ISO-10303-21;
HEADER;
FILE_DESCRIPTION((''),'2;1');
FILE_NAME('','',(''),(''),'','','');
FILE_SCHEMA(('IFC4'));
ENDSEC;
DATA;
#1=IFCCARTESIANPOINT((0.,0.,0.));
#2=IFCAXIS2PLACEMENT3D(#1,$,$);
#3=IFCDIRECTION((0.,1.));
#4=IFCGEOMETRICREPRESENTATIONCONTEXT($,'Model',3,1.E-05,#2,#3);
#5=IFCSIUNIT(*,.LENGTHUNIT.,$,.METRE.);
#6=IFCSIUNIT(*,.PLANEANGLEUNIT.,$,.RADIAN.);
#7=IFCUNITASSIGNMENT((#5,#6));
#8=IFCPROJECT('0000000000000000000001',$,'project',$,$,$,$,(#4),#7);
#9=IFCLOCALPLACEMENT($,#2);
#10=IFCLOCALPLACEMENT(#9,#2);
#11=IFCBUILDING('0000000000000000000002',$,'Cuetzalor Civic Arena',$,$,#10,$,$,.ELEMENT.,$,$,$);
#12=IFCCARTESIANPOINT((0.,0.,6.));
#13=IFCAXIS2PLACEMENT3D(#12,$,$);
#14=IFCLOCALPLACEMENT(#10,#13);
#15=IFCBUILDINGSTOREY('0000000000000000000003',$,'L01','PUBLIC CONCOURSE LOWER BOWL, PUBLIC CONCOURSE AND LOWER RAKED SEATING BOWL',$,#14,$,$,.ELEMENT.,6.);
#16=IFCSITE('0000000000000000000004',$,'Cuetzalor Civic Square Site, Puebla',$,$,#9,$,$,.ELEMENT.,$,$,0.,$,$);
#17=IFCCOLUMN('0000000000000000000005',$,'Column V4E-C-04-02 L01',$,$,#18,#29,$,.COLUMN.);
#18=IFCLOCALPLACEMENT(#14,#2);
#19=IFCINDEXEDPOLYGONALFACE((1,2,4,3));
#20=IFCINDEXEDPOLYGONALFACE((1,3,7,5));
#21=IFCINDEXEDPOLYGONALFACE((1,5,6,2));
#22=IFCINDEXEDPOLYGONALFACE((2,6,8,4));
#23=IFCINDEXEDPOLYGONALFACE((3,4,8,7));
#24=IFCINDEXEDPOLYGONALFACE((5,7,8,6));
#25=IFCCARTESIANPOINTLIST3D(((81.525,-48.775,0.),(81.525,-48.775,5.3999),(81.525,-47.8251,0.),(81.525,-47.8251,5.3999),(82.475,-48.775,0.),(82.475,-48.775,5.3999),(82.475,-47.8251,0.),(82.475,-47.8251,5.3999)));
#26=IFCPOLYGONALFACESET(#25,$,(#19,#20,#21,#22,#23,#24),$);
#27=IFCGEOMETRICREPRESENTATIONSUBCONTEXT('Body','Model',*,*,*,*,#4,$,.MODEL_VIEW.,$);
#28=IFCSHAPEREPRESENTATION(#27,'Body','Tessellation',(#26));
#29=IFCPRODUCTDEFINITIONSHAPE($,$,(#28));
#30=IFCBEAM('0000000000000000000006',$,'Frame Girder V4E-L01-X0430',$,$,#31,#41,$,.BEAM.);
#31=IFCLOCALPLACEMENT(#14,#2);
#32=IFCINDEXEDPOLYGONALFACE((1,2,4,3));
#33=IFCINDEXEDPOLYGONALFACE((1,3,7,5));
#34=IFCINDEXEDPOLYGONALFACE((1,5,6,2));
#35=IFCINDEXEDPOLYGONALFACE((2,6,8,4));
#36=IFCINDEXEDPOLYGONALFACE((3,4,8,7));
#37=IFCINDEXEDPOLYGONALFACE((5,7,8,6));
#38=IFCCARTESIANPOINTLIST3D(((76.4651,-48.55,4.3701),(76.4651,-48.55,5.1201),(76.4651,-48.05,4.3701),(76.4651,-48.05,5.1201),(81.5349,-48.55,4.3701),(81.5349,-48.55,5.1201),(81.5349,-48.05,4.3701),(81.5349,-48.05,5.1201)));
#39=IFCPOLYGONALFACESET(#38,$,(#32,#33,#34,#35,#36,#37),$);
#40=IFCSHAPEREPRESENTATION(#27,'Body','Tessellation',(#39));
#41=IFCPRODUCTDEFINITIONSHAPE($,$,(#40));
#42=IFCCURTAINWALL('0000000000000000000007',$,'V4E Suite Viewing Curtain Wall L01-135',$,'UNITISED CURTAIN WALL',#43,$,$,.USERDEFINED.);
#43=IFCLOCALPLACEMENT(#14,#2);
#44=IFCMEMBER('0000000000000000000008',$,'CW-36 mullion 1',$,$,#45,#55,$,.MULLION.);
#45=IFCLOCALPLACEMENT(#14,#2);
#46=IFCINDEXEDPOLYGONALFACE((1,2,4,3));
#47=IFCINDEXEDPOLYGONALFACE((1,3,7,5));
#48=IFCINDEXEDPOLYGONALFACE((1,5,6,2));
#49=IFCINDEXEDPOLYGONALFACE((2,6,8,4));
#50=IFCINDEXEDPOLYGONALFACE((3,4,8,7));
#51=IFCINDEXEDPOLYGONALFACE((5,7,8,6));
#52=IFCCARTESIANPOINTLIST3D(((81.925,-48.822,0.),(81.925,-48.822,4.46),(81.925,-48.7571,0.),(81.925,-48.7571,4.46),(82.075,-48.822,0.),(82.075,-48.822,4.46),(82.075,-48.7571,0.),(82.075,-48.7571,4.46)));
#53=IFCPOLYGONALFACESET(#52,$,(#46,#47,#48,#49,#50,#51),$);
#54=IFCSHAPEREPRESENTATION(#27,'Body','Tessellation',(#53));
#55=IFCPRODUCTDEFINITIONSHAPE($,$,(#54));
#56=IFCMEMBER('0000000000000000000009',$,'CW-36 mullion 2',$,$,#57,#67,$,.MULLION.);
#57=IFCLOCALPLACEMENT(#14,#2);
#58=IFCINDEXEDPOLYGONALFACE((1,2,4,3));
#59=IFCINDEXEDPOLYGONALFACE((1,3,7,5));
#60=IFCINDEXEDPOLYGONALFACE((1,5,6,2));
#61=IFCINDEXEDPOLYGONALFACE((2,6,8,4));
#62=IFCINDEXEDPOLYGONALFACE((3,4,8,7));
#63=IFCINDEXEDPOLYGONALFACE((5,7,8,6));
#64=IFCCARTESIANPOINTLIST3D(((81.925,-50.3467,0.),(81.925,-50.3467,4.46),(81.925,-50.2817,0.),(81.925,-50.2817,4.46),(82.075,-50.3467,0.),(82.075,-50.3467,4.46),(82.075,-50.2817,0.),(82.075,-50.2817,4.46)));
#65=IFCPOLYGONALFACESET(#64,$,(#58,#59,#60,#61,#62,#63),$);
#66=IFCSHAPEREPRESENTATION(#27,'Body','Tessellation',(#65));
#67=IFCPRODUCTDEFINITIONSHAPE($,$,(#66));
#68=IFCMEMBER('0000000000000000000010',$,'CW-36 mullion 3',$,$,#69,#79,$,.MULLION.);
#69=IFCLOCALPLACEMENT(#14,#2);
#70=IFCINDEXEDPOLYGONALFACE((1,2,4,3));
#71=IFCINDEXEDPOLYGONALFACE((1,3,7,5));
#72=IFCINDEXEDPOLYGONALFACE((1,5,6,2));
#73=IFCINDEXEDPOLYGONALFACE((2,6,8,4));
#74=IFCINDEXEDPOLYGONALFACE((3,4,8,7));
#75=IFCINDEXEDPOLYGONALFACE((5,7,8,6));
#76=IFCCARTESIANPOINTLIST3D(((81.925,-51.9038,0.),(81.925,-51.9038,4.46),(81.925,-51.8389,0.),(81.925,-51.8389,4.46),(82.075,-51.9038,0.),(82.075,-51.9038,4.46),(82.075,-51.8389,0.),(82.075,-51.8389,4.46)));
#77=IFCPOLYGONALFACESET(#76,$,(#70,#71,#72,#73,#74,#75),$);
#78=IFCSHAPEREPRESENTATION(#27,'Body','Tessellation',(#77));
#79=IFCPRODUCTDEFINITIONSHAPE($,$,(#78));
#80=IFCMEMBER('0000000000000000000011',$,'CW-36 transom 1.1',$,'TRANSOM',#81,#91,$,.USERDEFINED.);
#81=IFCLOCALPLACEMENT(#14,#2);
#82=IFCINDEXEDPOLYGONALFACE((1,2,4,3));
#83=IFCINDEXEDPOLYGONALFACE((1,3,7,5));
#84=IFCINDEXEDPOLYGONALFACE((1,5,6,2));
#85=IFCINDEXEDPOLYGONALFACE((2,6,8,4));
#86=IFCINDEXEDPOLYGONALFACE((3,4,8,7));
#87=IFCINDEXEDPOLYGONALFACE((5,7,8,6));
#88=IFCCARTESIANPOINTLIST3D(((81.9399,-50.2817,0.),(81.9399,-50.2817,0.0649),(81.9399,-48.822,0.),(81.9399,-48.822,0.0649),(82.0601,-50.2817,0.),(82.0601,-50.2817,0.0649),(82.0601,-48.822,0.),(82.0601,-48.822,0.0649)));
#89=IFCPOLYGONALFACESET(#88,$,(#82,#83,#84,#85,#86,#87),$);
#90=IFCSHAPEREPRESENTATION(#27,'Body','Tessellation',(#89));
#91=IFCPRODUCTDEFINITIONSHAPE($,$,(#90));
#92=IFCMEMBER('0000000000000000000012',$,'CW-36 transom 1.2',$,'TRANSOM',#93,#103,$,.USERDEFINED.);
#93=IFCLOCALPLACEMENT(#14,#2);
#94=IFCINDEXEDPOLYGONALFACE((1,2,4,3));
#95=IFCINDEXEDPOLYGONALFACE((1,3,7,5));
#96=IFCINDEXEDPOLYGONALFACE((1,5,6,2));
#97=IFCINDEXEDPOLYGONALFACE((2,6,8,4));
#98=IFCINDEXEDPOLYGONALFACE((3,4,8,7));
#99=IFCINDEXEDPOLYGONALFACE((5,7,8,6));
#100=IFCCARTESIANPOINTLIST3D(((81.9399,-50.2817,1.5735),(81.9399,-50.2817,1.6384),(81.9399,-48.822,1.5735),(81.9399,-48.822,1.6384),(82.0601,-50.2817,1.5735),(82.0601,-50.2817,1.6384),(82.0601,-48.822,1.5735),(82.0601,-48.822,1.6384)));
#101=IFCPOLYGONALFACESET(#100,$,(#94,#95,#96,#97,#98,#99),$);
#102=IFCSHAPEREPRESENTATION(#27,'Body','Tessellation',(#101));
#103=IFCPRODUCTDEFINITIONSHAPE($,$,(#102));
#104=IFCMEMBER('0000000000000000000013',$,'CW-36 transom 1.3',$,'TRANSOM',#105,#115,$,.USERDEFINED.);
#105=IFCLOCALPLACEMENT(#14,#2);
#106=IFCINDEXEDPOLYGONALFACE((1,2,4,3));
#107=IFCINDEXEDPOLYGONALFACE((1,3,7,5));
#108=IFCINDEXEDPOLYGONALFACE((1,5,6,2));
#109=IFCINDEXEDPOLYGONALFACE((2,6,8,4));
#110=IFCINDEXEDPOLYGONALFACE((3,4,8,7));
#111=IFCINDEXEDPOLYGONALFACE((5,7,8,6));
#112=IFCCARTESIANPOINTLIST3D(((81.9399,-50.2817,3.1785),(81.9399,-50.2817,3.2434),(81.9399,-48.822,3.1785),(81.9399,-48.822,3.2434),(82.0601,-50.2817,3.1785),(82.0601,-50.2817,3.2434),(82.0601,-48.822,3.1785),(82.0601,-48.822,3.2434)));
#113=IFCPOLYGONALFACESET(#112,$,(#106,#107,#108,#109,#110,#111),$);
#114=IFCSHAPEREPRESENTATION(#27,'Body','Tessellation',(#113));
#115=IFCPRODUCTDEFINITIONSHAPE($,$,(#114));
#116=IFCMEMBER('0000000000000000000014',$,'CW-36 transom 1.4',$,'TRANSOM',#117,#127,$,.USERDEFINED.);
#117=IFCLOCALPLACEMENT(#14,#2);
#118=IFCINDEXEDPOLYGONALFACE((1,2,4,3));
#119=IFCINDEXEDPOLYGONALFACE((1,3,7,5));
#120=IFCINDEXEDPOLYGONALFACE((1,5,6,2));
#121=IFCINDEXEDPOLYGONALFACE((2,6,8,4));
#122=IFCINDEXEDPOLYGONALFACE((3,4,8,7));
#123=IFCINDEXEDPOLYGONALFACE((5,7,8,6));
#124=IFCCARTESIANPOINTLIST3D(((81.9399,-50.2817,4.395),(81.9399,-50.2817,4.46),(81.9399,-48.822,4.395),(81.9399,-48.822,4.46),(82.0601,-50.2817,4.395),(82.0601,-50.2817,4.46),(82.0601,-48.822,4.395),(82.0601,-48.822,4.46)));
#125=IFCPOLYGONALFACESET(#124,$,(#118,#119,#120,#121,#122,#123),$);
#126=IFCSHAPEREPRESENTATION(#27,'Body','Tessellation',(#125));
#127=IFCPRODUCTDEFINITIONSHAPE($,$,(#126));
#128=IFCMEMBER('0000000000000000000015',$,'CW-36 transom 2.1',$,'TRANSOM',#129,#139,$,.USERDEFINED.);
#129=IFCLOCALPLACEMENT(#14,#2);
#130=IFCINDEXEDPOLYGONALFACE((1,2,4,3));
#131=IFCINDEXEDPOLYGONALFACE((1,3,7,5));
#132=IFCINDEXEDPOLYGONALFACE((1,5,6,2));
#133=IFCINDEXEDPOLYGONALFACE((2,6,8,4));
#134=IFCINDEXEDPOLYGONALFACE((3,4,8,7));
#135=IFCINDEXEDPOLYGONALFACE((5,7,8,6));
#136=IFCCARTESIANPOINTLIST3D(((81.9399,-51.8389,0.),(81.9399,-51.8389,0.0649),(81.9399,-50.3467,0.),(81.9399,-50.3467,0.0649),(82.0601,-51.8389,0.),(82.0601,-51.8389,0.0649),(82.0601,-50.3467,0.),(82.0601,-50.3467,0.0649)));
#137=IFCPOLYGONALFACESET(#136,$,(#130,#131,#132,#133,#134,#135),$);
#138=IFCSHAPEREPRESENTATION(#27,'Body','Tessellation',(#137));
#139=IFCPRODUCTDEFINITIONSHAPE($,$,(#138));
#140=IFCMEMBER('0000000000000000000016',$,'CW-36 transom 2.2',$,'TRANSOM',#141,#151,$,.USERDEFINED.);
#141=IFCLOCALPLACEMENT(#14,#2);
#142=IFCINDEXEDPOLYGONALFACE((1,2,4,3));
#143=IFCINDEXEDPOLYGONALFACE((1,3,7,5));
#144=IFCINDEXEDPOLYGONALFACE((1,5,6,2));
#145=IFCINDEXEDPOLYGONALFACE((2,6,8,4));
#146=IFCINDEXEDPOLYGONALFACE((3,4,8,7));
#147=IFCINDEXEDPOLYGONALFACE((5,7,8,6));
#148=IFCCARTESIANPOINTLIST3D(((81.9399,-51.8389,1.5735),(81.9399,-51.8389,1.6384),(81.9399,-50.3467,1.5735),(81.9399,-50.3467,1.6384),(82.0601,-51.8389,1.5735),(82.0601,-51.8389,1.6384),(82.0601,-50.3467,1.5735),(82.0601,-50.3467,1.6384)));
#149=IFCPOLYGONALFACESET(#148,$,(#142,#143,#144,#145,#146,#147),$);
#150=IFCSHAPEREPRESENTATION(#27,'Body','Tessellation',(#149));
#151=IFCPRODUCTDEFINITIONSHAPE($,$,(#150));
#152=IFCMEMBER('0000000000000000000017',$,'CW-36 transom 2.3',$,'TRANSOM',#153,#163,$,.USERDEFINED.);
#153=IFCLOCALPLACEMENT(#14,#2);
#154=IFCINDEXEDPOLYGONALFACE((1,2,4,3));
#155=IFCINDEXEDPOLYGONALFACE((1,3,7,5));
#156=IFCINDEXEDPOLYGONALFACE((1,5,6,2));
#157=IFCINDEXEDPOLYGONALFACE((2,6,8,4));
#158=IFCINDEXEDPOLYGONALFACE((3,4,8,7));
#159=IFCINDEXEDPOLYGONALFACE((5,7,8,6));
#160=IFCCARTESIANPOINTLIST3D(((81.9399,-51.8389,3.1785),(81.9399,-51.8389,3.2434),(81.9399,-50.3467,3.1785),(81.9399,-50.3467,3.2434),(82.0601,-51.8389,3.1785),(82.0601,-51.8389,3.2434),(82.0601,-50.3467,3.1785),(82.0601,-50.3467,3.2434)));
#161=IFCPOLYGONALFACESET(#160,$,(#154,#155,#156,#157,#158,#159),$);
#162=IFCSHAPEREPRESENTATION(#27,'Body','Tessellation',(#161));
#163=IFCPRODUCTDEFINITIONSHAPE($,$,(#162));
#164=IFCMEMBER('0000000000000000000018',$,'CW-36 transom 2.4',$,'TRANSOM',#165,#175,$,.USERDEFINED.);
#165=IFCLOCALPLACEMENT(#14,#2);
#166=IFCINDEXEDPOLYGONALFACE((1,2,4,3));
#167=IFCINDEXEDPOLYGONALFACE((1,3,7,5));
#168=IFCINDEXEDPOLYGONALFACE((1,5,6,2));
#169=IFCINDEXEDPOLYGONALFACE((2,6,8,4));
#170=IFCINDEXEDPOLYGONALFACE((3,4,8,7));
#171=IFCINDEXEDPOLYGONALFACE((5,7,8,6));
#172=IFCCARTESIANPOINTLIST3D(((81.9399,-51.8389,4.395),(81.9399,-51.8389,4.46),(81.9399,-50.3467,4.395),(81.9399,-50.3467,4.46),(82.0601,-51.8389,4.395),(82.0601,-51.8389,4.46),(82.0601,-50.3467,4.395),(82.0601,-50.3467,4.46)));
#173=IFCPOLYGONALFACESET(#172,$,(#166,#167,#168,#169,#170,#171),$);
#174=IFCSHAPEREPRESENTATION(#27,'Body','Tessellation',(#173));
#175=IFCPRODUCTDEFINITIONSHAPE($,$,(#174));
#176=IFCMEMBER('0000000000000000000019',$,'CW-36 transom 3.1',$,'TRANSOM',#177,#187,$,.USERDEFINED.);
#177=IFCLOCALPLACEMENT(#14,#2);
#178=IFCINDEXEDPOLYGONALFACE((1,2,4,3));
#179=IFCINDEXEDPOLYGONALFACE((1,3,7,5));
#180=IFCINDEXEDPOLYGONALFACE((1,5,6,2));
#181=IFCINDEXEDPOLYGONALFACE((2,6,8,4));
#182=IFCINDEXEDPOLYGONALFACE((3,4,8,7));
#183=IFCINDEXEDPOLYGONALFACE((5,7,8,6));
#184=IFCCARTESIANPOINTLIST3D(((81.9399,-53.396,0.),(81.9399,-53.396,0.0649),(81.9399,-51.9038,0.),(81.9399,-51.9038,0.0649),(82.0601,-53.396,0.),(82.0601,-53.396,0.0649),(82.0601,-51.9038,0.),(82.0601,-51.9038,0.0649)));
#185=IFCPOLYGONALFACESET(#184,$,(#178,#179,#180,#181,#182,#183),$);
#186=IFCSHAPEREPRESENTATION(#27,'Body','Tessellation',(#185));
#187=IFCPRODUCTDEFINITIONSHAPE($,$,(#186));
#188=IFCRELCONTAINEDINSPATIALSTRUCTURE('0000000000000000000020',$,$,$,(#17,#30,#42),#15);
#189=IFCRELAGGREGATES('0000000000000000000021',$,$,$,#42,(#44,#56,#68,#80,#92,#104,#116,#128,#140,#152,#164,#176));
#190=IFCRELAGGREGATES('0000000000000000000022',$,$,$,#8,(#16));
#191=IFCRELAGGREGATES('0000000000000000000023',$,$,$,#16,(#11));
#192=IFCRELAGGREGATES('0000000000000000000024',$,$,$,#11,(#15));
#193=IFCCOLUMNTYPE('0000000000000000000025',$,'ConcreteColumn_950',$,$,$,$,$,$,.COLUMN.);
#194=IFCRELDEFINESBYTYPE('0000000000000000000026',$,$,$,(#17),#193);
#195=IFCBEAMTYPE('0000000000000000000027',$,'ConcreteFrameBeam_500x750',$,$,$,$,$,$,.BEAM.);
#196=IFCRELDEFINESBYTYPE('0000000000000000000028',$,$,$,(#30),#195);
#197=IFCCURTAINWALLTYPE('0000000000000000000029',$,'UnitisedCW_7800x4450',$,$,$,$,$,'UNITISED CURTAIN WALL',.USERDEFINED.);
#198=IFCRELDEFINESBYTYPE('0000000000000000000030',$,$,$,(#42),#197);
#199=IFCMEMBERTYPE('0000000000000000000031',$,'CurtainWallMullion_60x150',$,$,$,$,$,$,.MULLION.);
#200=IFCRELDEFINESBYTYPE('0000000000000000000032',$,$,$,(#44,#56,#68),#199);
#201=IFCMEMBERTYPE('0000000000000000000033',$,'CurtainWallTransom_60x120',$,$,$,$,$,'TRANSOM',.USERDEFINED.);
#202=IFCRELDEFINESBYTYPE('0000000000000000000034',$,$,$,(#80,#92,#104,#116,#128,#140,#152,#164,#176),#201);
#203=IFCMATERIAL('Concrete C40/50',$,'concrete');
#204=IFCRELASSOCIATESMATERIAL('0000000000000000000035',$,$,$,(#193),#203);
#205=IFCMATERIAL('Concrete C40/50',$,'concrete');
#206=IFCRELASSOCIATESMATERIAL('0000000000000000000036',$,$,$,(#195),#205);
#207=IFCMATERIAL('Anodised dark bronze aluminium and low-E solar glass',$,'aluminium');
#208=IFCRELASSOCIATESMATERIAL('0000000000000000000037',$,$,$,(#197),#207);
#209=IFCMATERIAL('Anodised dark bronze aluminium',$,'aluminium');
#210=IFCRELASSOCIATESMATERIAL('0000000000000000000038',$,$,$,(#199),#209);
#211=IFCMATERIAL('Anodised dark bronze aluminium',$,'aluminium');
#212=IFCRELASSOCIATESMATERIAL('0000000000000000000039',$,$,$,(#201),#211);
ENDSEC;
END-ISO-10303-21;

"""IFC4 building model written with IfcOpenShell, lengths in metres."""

from ifc_helpers import new_model, si_unit, direction, frame, origin, origin_2d, place, context, subcontext, project, spatial, rectangle, extrude, material, material_profile, profile_set, type_object, element, aggregate, save


model = new_model("IFC4")

# Units and contexts
model_context = context("Model", 3, precision=1e-05, world=origin(), true_north=direction((0.0, 1.0)))
body_context = subcontext(model_context, "Body", "Model", "MODEL_VIEW")
ifc_project = project(units=[si_unit("LENGTHUNIT", "METRE"), si_unit("PLANEANGLEUNIT", "RADIAN")], contexts=[model_context])

# Site, building, storey
site_placement = place(None, origin())
site = spatial("IfcSite", under=ifc_project, at=site_placement, Name="Cuetzalor Civic Square Site, Puebla", CompositionType="ELEMENT", RefElevation=0.0)
building_placement = place(site_placement, origin())
building = spatial("IfcBuilding", under=site, at=building_placement, Name="Cuetzalor Civic Arena", CompositionType="ELEMENT")
storey_placement = place(building_placement, frame((0.0, 0.0, 6.0)))
storey = spatial("IfcBuildingStorey", under=building, at=storey_placement, Name="L01", Description="PUBLIC CONCOURSE LOWER BOWL, PUBLIC CONCOURSE AND LOWER RAKED SEATING BOWL", CompositionType="ELEMENT", Elevation=6.0)

# Column
ifc_material_1 = material(Name="Concrete C40/50", Category="concrete")
ifc_material_profile_1 = material_profile(ifc_material_1, rectangle(XDim=0.95, YDim=0.95, at=origin_2d()), Name="RC 950x950")
ifc_profile_set_1 = profile_set([ifc_material_profile_1], Name="Concrete C40/50")
column_type = type_object("IfcColumnType", Name="ConcreteColumn_950", PredefinedType="COLUMN", material=ifc_profile_set_1)
column_placement = place(storey_placement, frame((82.0, -48.3, 0.0), z_axis=(0.0, 0.0, 1.0), x_axis=(1.0, 0.0, 0.0)))
element("IfcColumn", 1, at=column_placement, inside=storey, type_object=column_type, Name="Column V4E-C-04-02 L01", PredefinedType="COLUMN", context=body_context, shape_type="SweptSolid", body=[
    extrude(rectangle(XDim=0.95, YDim=0.95, at=origin_2d()), origin(), (0.0, 0.0, 1.0), 5.3999),
])

# Beam
ifc_material_2 = material(Name="Concrete C40/50", Category="concrete")
ifc_material_profile_2 = material_profile(ifc_material_2, rectangle(XDim=0.5, YDim=0.75, at=origin_2d()), Name="RC 500x750")
ifc_profile_set_2 = profile_set([ifc_material_profile_2], Name="Concrete C40/50")
beam_type = type_object("IfcBeamType", Name="ConcreteFrameBeam_500x750", PredefinedType="BEAM", material=ifc_profile_set_2)
beam_placement = place(storey_placement, frame((76.4651, -48.3, 4.7451), z_axis=(1.0, 0.0, 0.0), x_axis=(0.0, 1.0, 0.0)))
element("IfcBeam", 2, at=beam_placement, inside=storey, type_object=beam_type, Name="Frame Girder V4E-L01-X0430", PredefinedType="BEAM", context=body_context, shape_type="SweptSolid", body=[
    extrude(rectangle(XDim=0.5, YDim=0.75, at=origin_2d()), origin(), (0.0, 0.0, 1.0), 5.0698),
])

# Curtain wall, members
ifc_material_3 = material(Name="Anodised dark bronze aluminium and low-E solar glass", Category="aluminium")
curtain_wall_type = type_object("IfcCurtainWallType", Name="UnitisedCW_7800x4450", ElementType="UNITISED CURTAIN WALL", PredefinedType="USERDEFINED", material=ifc_material_3)
curtain_wall_placement = place(storey_placement, origin())
curtain_wall = element("IfcCurtainWall", 3, at=curtain_wall_placement, inside=storey, type_object=curtain_wall_type, Name="V4E Suite Viewing Curtain Wall L01-135", ObjectType="UNITISED CURTAIN WALL", PredefinedType="USERDEFINED")
ifc_material_4 = material(Name="Anodised dark bronze aluminium", Category="aluminium")
ifc_material_profile_3 = material_profile(ifc_material_4, rectangle(XDim=0.0649, YDim=0.1499, at=origin_2d()), Name="ALU MULLION 65x150")
ifc_profile_set_3 = profile_set([ifc_material_profile_3], Name="Anodised dark bronze aluminium")
member_type_1 = type_object("IfcMemberType", Name="CurtainWallMullion_60x150", PredefinedType="MULLION", material=ifc_profile_set_3)
member_1_placement = place(storey_placement, frame((82.0, -48.7896, 0.0), z_axis=(0.0, 0.0, 1.0), x_axis=(0.0, -1.0, 0.0)))
member_1 = element("IfcMember", 4, at=member_1_placement, type_object=member_type_1, Name="CW-36 mullion 1", PredefinedType="MULLION", context=body_context, shape_type="SweptSolid", body=[
    extrude(rectangle(XDim=0.0649, YDim=0.1499, at=origin_2d()), origin(), (0.0, 0.0, 1.0), 4.46),
])
member_2_placement = place(storey_placement, frame((82.0, -50.3142, 0.0), z_axis=(0.0, 0.0, 1.0), x_axis=(0.0, -1.0, 0.0)))
member_2 = element("IfcMember", 5, at=member_2_placement, type_object=member_type_1, Name="CW-36 mullion 2", PredefinedType="MULLION", context=body_context, shape_type="SweptSolid", body=[
    extrude(rectangle(XDim=0.0649, YDim=0.1499, at=origin_2d()), origin(), (0.0, 0.0, 1.0), 4.46),
])
member_3_placement = place(storey_placement, frame((82.0, -51.8713, 0.0), z_axis=(0.0, 0.0, 1.0), x_axis=(0.0, -1.0, 0.0)))
member_3 = element("IfcMember", 6, at=member_3_placement, type_object=member_type_1, Name="CW-36 mullion 3", PredefinedType="MULLION", context=body_context, shape_type="SweptSolid", body=[
    extrude(rectangle(XDim=0.0649, YDim=0.1499, at=origin_2d()), origin(), (0.0, 0.0, 1.0), 4.46),
])
ifc_material_5 = material(Name="Anodised dark bronze aluminium", Category="aluminium")
ifc_material_profile_4 = material_profile(ifc_material_5, rectangle(XDim=0.1201, YDim=0.0649, at=origin_2d()), Name="ALU TRANSOM 65x120")
ifc_profile_set_4 = profile_set([ifc_material_profile_4], Name="Anodised dark bronze aluminium")
member_type_2 = type_object("IfcMemberType", Name="CurtainWallTransom_60x120", ElementType="TRANSOM", PredefinedType="USERDEFINED", material=ifc_profile_set_4)
member_4_placement = place(storey_placement, frame((82.0, -48.822, 0.0325), z_axis=(0.0, -1.0, 0.0), x_axis=(1.0, 0.0, 0.0)))
member_4 = element("IfcMember", 7, at=member_4_placement, type_object=member_type_2, Name="CW-36 transom 1.1", ObjectType="TRANSOM", PredefinedType="USERDEFINED", context=body_context, shape_type="SweptSolid", body=[
    extrude(rectangle(XDim=0.1201, YDim=0.0649, at=origin_2d()), origin(), (0.0, 0.0, 1.0), 1.4597),
])
member_5_placement = place(storey_placement, frame((82.0, -48.822, 1.606), z_axis=(0.0, -1.0, 0.0), x_axis=(1.0, 0.0, 0.0)))
member_5 = element("IfcMember", 8, at=member_5_placement, type_object=member_type_2, Name="CW-36 transom 1.2", ObjectType="TRANSOM", PredefinedType="USERDEFINED", context=body_context, shape_type="SweptSolid", body=[
    extrude(rectangle(XDim=0.1201, YDim=0.0649, at=origin_2d()), origin(), (0.0, 0.0, 1.0), 1.4597),
])
member_6_placement = place(storey_placement, frame((82.0, -48.822, 3.2109), z_axis=(0.0, -1.0, 0.0), x_axis=(1.0, 0.0, 0.0)))
member_6 = element("IfcMember", 9, at=member_6_placement, type_object=member_type_2, Name="CW-36 transom 1.3", ObjectType="TRANSOM", PredefinedType="USERDEFINED", context=body_context, shape_type="SweptSolid", body=[
    extrude(rectangle(XDim=0.1201, YDim=0.0649, at=origin_2d()), origin(), (0.0, 0.0, 1.0), 1.4597),
])
member_7_placement = place(storey_placement, frame((82.0, -48.822, 4.4275), z_axis=(0.0, -1.0, 0.0), x_axis=(1.0, 0.0, 0.0)))
member_7 = element("IfcMember", 10, at=member_7_placement, type_object=member_type_2, Name="CW-36 transom 1.4", ObjectType="TRANSOM", PredefinedType="USERDEFINED", context=body_context, shape_type="SweptSolid", body=[
    extrude(rectangle(XDim=0.1201, YDim=0.0649, at=origin_2d()), origin(), (0.0, 0.0, 1.0), 1.4597),
])
member_8_placement = place(storey_placement, frame((82.0, -50.3467, 0.0325), z_axis=(0.0, -1.0, 0.0), x_axis=(1.0, 0.0, 0.0)))
member_8 = element("IfcMember", 11, at=member_8_placement, type_object=member_type_2, Name="CW-36 transom 2.1", ObjectType="TRANSOM", PredefinedType="USERDEFINED", context=body_context, shape_type="SweptSolid", body=[
    extrude(rectangle(XDim=0.1201, YDim=0.0649, at=origin_2d()), origin(), (0.0, 0.0, 1.0), 1.4922),
])
member_9_placement = place(storey_placement, frame((82.0, -50.3467, 1.606), z_axis=(0.0, -1.0, 0.0), x_axis=(1.0, 0.0, 0.0)))
member_9 = element("IfcMember", 12, at=member_9_placement, type_object=member_type_2, Name="CW-36 transom 2.2", ObjectType="TRANSOM", PredefinedType="USERDEFINED", context=body_context, shape_type="SweptSolid", body=[
    extrude(rectangle(XDim=0.1201, YDim=0.0649, at=origin_2d()), origin(), (0.0, 0.0, 1.0), 1.4922),
])
member_10_placement = place(storey_placement, frame((82.0, -50.3467, 3.2109), z_axis=(0.0, -1.0, 0.0), x_axis=(1.0, 0.0, 0.0)))
member_10 = element("IfcMember", 13, at=member_10_placement, type_object=member_type_2, Name="CW-36 transom 2.3", ObjectType="TRANSOM", PredefinedType="USERDEFINED", context=body_context, shape_type="SweptSolid", body=[
    extrude(rectangle(XDim=0.1201, YDim=0.0649, at=origin_2d()), origin(), (0.0, 0.0, 1.0), 1.4922),
])
member_11_placement = place(storey_placement, frame((82.0, -50.3467, 4.4275), z_axis=(0.0, -1.0, 0.0), x_axis=(1.0, 0.0, 0.0)))
member_11 = element("IfcMember", 14, at=member_11_placement, type_object=member_type_2, Name="CW-36 transom 2.4", ObjectType="TRANSOM", PredefinedType="USERDEFINED", context=body_context, shape_type="SweptSolid", body=[
    extrude(rectangle(XDim=0.1201, YDim=0.0649, at=origin_2d()), origin(), (0.0, 0.0, 1.0), 1.4922),
])
member_12_placement = place(storey_placement, frame((82.0, -51.9038, 0.0325), z_axis=(0.0, -1.0, 0.0), x_axis=(1.0, 0.0, 0.0)))
member_12 = element("IfcMember", 15, at=member_12_placement, type_object=member_type_2, Name="CW-36 transom 3.1", ObjectType="TRANSOM", PredefinedType="USERDEFINED", context=body_context, shape_type="SweptSolid", body=[
    extrude(rectangle(XDim=0.1201, YDim=0.0649, at=origin_2d()), origin(), (0.0, 0.0, 1.0), 1.4922),
])
aggregate(curtain_wall, [member_1, member_2, member_3, member_4, member_5, member_6, member_7, member_8, member_9, member_10, member_11, member_12])

save(model, "model.ifc")
